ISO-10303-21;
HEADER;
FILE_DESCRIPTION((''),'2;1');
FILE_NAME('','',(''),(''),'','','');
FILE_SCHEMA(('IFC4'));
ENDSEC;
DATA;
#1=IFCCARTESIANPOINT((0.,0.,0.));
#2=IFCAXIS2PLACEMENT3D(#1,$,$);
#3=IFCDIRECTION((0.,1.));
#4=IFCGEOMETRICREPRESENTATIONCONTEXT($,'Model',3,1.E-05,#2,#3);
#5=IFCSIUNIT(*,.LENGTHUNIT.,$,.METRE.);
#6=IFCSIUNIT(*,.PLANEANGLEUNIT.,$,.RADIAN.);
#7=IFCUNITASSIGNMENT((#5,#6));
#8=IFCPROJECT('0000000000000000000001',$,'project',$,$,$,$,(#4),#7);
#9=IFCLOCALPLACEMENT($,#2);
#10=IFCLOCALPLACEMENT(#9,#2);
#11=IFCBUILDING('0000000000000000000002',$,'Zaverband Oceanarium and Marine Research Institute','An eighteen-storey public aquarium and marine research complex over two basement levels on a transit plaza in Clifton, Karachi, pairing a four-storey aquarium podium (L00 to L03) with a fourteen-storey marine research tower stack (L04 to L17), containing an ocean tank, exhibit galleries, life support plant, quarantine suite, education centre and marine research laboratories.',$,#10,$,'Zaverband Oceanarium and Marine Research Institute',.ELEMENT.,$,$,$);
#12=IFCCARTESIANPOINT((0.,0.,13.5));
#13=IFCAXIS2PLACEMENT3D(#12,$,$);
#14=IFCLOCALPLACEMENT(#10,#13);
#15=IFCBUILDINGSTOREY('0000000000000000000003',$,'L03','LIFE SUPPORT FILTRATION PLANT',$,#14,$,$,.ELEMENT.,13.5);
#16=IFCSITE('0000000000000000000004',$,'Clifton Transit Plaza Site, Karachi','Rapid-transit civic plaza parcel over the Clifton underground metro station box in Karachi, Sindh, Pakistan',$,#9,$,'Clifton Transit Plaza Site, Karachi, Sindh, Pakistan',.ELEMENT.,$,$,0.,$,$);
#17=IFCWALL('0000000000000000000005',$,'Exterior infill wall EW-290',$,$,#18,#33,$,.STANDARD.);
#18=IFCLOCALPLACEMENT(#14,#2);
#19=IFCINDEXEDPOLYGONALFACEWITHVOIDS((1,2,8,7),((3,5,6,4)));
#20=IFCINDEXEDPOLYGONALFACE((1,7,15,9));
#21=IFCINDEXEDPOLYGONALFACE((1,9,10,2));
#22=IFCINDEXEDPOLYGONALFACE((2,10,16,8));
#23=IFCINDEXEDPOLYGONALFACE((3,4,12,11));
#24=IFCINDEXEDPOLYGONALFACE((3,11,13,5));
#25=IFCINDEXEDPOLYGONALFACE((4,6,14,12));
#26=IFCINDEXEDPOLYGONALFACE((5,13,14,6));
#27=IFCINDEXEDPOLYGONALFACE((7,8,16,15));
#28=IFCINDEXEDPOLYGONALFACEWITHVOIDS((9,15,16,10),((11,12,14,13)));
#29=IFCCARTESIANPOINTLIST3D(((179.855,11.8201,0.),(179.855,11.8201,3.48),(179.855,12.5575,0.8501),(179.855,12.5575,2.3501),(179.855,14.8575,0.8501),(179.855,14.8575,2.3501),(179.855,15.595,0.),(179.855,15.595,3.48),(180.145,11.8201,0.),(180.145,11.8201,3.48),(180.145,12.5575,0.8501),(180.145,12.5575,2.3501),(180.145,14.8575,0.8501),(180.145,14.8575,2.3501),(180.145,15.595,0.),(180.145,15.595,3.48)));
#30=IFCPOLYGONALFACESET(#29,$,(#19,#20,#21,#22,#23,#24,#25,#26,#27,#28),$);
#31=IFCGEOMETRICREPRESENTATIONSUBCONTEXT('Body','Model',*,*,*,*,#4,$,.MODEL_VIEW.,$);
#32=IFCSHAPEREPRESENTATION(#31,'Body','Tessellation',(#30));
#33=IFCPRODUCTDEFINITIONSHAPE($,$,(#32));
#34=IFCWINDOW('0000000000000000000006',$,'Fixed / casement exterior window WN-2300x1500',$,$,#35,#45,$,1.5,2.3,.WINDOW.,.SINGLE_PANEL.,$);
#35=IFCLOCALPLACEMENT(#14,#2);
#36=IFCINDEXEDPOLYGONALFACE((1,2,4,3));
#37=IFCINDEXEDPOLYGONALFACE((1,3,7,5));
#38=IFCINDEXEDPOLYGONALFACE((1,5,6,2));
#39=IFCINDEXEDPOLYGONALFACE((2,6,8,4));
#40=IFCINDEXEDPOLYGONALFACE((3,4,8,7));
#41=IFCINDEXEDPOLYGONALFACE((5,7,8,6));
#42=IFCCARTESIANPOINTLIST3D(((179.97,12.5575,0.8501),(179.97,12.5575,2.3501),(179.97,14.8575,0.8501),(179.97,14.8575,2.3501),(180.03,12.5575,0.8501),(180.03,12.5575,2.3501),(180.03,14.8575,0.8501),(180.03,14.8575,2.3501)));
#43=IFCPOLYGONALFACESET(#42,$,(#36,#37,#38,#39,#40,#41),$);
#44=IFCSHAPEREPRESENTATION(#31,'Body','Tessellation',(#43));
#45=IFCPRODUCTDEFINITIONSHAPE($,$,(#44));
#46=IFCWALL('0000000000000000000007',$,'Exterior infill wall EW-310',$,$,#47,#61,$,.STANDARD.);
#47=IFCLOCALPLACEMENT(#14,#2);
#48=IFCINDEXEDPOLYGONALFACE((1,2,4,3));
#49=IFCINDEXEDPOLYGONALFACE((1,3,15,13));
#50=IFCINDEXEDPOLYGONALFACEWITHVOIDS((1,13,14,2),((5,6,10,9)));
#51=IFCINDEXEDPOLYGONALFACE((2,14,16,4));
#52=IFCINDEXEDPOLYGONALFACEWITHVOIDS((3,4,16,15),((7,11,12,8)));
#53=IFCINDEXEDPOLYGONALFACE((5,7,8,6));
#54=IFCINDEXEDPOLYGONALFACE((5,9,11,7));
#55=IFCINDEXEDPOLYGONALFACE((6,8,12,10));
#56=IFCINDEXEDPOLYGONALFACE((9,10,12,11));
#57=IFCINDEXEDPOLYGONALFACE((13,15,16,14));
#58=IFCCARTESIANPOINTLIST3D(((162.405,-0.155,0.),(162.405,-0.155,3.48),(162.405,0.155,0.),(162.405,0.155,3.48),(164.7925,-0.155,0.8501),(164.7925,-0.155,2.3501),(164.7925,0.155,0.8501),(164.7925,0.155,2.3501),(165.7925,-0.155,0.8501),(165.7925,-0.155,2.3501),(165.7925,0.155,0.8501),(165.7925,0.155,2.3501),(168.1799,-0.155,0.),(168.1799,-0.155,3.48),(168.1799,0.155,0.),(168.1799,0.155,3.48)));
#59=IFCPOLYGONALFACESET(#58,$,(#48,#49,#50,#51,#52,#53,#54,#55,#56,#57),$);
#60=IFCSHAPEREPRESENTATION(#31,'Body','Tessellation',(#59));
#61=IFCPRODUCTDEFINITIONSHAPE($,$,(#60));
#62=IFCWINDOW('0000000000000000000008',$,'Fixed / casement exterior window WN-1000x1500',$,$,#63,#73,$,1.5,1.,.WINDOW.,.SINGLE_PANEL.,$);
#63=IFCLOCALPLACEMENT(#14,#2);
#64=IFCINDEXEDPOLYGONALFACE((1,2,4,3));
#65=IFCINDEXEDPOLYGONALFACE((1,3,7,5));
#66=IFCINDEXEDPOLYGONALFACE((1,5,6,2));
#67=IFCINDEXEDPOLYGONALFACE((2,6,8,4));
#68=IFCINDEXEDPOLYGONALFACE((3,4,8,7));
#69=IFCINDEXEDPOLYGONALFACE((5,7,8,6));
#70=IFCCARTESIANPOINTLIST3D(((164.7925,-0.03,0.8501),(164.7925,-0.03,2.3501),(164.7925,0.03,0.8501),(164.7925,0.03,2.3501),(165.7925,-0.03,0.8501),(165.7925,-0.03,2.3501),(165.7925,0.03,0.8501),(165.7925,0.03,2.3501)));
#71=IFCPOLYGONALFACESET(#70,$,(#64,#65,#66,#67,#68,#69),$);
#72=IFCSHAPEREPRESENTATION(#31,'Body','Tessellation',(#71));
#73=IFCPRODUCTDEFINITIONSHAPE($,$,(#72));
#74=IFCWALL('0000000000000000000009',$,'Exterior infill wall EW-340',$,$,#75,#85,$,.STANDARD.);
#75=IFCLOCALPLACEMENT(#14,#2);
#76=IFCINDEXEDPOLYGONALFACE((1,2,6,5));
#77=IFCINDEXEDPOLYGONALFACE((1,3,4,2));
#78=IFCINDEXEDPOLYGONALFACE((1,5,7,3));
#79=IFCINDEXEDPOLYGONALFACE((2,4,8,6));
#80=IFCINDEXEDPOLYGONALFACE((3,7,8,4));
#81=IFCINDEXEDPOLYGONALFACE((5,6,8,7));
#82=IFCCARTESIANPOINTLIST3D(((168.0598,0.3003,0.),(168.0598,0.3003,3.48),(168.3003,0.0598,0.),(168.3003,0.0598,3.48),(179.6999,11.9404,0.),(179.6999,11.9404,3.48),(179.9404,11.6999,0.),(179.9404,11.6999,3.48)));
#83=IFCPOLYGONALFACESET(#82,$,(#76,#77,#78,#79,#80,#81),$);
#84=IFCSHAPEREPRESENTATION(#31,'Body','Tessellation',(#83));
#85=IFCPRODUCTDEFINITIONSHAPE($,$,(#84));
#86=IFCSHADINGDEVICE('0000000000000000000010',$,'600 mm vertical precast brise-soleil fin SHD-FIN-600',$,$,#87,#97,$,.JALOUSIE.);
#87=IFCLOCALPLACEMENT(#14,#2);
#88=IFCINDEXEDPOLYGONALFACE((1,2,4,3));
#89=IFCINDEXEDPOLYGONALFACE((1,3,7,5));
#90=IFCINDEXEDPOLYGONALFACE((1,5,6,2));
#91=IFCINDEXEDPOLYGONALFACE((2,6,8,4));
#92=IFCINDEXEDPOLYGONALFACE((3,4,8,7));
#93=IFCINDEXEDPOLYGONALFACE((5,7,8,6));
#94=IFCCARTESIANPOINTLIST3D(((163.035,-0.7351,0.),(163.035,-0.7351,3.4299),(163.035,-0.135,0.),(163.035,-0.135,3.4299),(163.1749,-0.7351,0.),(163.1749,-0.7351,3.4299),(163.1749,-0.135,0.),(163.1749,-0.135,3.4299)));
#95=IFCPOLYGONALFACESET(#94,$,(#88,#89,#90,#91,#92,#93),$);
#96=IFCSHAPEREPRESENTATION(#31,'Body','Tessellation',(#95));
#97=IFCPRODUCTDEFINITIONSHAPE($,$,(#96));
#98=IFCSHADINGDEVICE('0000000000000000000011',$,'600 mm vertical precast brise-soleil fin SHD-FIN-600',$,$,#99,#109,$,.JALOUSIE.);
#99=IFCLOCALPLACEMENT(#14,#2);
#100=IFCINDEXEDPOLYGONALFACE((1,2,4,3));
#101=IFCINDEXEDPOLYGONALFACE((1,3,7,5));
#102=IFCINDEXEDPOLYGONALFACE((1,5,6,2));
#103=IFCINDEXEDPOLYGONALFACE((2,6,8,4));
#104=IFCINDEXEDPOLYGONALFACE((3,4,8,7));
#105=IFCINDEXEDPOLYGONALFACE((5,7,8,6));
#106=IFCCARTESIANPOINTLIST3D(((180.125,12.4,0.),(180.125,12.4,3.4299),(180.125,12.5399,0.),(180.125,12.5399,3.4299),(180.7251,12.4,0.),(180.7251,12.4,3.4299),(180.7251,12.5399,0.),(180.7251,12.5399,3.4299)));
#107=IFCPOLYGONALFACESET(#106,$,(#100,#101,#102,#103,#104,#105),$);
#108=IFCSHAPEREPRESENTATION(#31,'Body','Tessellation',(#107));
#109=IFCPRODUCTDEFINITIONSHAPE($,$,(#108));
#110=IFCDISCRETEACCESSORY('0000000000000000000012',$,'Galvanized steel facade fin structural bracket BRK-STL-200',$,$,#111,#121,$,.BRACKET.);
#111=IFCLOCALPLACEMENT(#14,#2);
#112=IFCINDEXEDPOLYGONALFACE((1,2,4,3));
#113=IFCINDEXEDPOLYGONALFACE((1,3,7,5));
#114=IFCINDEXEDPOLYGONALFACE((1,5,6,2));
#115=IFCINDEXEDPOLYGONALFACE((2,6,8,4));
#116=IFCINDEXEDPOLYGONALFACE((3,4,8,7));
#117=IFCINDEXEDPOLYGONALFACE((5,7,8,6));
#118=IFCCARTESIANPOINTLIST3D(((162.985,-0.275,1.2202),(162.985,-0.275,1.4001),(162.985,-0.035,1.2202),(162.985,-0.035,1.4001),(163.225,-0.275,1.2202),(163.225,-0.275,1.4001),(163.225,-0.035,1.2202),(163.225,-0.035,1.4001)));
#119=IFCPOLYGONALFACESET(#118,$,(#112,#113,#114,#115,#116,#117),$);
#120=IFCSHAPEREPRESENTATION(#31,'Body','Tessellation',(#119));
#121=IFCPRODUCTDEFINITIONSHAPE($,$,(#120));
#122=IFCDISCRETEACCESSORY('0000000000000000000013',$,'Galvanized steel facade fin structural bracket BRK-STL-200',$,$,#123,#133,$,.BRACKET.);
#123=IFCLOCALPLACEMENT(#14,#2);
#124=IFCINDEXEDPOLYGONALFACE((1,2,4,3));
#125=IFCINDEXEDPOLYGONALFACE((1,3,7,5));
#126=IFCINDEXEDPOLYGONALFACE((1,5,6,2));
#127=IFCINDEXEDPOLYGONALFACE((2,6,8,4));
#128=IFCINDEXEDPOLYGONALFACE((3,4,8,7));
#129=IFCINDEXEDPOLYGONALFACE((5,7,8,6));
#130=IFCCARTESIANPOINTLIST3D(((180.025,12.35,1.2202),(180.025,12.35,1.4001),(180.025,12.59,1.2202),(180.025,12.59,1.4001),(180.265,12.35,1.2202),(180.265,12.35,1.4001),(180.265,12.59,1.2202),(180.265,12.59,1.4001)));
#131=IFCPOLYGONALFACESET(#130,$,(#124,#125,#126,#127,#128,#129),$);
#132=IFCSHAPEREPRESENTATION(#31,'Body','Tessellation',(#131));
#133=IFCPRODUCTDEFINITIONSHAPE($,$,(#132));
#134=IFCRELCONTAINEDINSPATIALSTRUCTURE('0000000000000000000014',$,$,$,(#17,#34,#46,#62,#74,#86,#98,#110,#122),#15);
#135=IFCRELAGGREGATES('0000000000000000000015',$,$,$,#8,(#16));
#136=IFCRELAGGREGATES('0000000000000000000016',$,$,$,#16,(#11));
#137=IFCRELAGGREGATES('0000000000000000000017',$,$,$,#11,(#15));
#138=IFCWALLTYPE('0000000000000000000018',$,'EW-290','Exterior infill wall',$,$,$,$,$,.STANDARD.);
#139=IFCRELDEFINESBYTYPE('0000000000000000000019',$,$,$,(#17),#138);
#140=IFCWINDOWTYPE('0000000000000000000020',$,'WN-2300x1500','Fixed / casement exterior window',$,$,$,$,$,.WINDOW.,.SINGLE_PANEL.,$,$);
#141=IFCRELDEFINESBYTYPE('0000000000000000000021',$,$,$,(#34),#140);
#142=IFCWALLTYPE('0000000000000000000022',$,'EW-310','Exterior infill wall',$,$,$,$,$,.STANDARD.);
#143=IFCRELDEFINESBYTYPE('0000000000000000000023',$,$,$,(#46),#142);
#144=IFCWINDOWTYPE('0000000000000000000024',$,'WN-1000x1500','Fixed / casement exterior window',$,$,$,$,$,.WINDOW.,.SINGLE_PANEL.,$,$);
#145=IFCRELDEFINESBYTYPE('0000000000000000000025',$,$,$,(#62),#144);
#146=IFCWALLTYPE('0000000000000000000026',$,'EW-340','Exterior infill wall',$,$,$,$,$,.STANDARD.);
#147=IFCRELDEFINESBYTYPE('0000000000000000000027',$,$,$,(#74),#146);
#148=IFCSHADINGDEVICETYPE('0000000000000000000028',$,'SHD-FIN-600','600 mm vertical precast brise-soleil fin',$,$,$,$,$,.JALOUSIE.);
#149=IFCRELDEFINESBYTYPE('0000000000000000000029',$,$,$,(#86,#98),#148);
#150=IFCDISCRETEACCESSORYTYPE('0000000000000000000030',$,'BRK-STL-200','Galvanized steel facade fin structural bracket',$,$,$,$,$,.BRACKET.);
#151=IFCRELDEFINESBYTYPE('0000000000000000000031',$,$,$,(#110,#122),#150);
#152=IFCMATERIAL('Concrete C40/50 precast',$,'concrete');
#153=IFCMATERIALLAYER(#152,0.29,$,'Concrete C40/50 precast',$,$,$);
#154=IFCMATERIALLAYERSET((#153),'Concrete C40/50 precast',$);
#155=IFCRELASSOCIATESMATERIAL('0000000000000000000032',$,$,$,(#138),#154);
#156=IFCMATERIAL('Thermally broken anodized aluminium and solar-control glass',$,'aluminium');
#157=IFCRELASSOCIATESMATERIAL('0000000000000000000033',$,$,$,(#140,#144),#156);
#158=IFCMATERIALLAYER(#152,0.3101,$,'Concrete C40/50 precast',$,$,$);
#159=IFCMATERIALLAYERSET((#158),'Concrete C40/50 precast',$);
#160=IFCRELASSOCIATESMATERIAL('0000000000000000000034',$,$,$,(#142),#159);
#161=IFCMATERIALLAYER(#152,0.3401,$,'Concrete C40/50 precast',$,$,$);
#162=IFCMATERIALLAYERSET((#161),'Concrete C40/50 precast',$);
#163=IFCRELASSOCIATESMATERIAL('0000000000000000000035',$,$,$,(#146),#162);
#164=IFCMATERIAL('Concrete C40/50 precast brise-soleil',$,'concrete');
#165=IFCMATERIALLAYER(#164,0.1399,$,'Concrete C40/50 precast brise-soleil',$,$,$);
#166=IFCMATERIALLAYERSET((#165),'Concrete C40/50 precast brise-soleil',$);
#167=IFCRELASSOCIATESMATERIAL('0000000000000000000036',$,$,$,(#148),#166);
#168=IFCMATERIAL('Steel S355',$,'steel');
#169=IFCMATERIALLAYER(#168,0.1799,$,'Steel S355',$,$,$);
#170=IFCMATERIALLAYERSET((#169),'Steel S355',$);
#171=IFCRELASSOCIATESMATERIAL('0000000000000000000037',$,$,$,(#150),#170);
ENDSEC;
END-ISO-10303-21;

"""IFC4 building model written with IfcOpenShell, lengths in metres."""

from ifc_helpers import new_model, si_unit, direction, frame, frame_2d, origin, origin_2d, place, context, subcontext, project, spatial, rectangle, extrude, material, layer, layer_set, type_object, element, fill, save


model = new_model("IFC4")

# Units and contexts
model_context = context("Model", 3, precision=1e-05, world=origin(), true_north=direction((0.0, 1.0)))
body_context = subcontext(model_context, "Body", "Model", "MODEL_VIEW")
ifc_project = project(units=[si_unit("LENGTHUNIT", "METRE"), si_unit("PLANEANGLEUNIT", "RADIAN")], contexts=[model_context])

# Site, building, storey
site_placement = place(None, origin())
site = spatial("IfcSite", under=ifc_project, at=site_placement, Name="Clifton Transit Plaza Site, Karachi", Description="Rapid-transit civic plaza parcel over the Clifton underground metro station box in Karachi, Sindh, Pakistan", LongName="Clifton Transit Plaza Site, Karachi, Sindh, Pakistan", CompositionType="ELEMENT", RefElevation=0.0)
building_placement = place(site_placement, origin())
building = spatial("IfcBuilding", under=site, at=building_placement, Name="Zaverband Oceanarium and Marine Research Institute", Description="An eighteen-storey public aquarium and marine research complex over two basement levels on a transit plaza in Clifton, Karachi, pairing a four-storey aquarium podium (L00 to L03) with a fourteen-storey marine research tower stack (L04 to L17), containing an ocean tank, exhibit galleries, life support plant, quarantine suite, education centre and marine research laboratories.", LongName="Zaverband Oceanarium and Marine Research Institute", CompositionType="ELEMENT")
storey_placement = place(building_placement, frame((0.0, 0.0, 13.5)))
storey = spatial("IfcBuildingStorey", under=building, at=storey_placement, Name="L03", Description="LIFE SUPPORT FILTRATION PLANT", CompositionType="ELEMENT", Elevation=13.5)

# Walls, openings, windows
ifc_material_1 = material(Name="Concrete C40/50 precast", Category="concrete")
ifc_layer_1 = layer(ifc_material_1, 0.29, Name="Concrete C40/50 precast")
ifc_layer_set_1 = layer_set([ifc_layer_1], Name="Concrete C40/50 precast")
wall_type_1 = type_object("IfcWallType", Name="EW-290", Description="Exterior infill wall", PredefinedType="STANDARD", material=ifc_layer_set_1)
wall_1_placement = place(storey_placement, frame((180.0, 11.8201, 0.0), z_axis=(0.0, 0.0, 1.0), x_axis=(0.0, 1.0, 0.0)))
wall_1 = element("IfcWall", 1, at=wall_1_placement, inside=storey, type_object=wall_type_1, Name="Exterior infill wall EW-290", PredefinedType="STANDARD", context=body_context, shape_type="SweptSolid", body=[
    extrude(rectangle(XDim=3.7749, YDim=0.29, at=frame_2d((1.8875, 0.0))), origin(), (0.0, 0.0, 1.0), 3.48),
])
opening_1_placement = place(wall_1_placement, frame((0.7375, 0.0, 0.8501)))
opening_1 = element("IfcOpeningElement", 2, at=opening_1_placement, cuts=wall_1, PredefinedType="OPENING", context=body_context, shape_type="SweptSolid", body=[
    extrude(rectangle(XDim=2.3, YDim=1.5, at=frame_2d((1.1499, 0.75))), frame((0.0, 0.157, 0.0), z_axis=(0.0, -1.0, 0.0), x_axis=(1.0, 0.0, 0.0)), (0.0, 0.0, 1.0), 0.314),
])
ifc_material_2 = material(Name="Thermally broken anodized aluminium and solar-control glass", Category="aluminium")
window_type_1 = type_object("IfcWindowType", Name="WN-2300x1500", Description="Fixed / casement exterior window", PartitioningType="SINGLE_PANEL", PredefinedType="WINDOW", material=ifc_material_2)
window_1_placement = place(opening_1_placement, origin())
window_1 = element("IfcWindow", 3, at=window_1_placement, inside=storey, type_object=window_type_1, Name="Fixed / casement exterior window WN-2300x1500", OverallHeight=1.5, OverallWidth=2.3, PartitioningType="SINGLE_PANEL", PredefinedType="WINDOW", context=body_context, shape_type="SweptSolid", body=[
    extrude(rectangle(XDim=2.3, YDim=1.5, at=frame_2d((1.1499, 0.75))), frame((0.0, 0.03, 0.0), z_axis=(0.0, -1.0, 0.0), x_axis=(1.0, 0.0, 0.0)), (0.0, 0.0, 1.0), 0.0601),
])
fill(opening_1, window_1)
ifc_layer_2 = layer(ifc_material_1, 0.3101, Name="Concrete C40/50 precast")
ifc_layer_set_2 = layer_set([ifc_layer_2], Name="Concrete C40/50 precast")
wall_type_2 = type_object("IfcWallType", Name="EW-310", Description="Exterior infill wall", PredefinedType="STANDARD", material=ifc_layer_set_2)
wall_2_placement = place(storey_placement, frame((162.405, 0.0, 0.0), z_axis=(0.0, 0.0, 1.0), x_axis=(1.0, 0.0, 0.0)))
wall_2 = element("IfcWall", 4, at=wall_2_placement, inside=storey, type_object=wall_type_2, Name="Exterior infill wall EW-310", PredefinedType="STANDARD", context=body_context, shape_type="SweptSolid", body=[
    extrude(rectangle(XDim=5.7749, YDim=0.3101, at=frame_2d((2.8875, 0.0))), origin(), (0.0, 0.0, 1.0), 3.48),
])
opening_2_placement = place(wall_2_placement, frame((2.3875, 0.0, 0.8501)))
opening_2 = element("IfcOpeningElement", 5, at=opening_2_placement, cuts=wall_2, PredefinedType="OPENING", context=body_context, shape_type="SweptSolid", body=[
    extrude(rectangle(XDim=1.0, YDim=1.5, at=frame_2d((0.5, 0.75))), frame((0.0, 0.167, 0.0), z_axis=(0.0, -1.0, 0.0), x_axis=(1.0, 0.0, 0.0)), (0.0, 0.0, 1.0), 0.334),
])
window_type_2 = type_object("IfcWindowType", Name="WN-1000x1500", Description="Fixed / casement exterior window", PartitioningType="SINGLE_PANEL", PredefinedType="WINDOW", material=ifc_material_2)
window_2_placement = place(opening_2_placement, origin())
window_2 = element("IfcWindow", 6, at=window_2_placement, inside=storey, type_object=window_type_2, Name="Fixed / casement exterior window WN-1000x1500", OverallHeight=1.5, OverallWidth=1.0, PartitioningType="SINGLE_PANEL", PredefinedType="WINDOW", context=body_context, shape_type="SweptSolid", body=[
    extrude(rectangle(XDim=1.0, YDim=1.5, at=frame_2d((0.5, 0.75))), frame((0.0, 0.03, 0.0), z_axis=(0.0, -1.0, 0.0), x_axis=(1.0, 0.0, 0.0)), (0.0, 0.0, 1.0), 0.0601),
])
fill(opening_2, window_2)

# Wall
ifc_layer_3 = layer(ifc_material_1, 0.3401, Name="Concrete C40/50 precast")
ifc_layer_set_3 = layer_set([ifc_layer_3], Name="Concrete C40/50 precast")
wall_type_3 = type_object("IfcWallType", Name="EW-340", Description="Exterior infill wall", PredefinedType="STANDARD", material=ifc_layer_set_3)
wall_3_placement = place(storey_placement, frame((168.1799, 0.1799, 0.0), z_axis=(0.0, 0.0, 1.0), x_axis=(0.707107, 0.707107, 0.0)))
element("IfcWall", 7, at=wall_3_placement, inside=storey, type_object=wall_type_3, Name="Exterior infill wall EW-340", PredefinedType="STANDARD", context=body_context, shape_type="SweptSolid", body=[
    extrude(rectangle(XDim=16.4617, YDim=0.3401, at=frame_2d((8.231, 0.0))), origin(), (0.0, 0.0, 1.0), 3.48),
])

# Shading devices
ifc_material_3 = material(Name="Concrete C40/50 precast brise-soleil", Category="concrete")
ifc_layer_4 = layer(ifc_material_3, 0.1399, Name="Concrete C40/50 precast brise-soleil")
ifc_layer_set_4 = layer_set([ifc_layer_4], Name="Concrete C40/50 precast brise-soleil")
shading_device_type = type_object("IfcShadingDeviceType", Name="SHD-FIN-600", Description="600 mm vertical precast brise-soleil fin", PredefinedType="JALOUSIE", material=ifc_layer_set_4)
for number, where, z_axis, x_axis, name in (
    (8, (163.105, -0.135, 0.0), (0.0, 0.0, 1.0), (0.0, -1.0, 0.0), "600 mm vertical precast brise-soleil fin SHD-FIN-600"),
    (9, (180.125, 12.47, 0.0), (0.0, 0.0, 1.0), (1.0, 0.0, 0.0), "600 mm vertical precast brise-soleil fin SHD-FIN-600"),
):
    element("IfcShadingDevice", number, at=place(storey_placement, frame(where, z_axis=z_axis, x_axis=x_axis)), inside=storey, type_object=shading_device_type, Name=name, PredefinedType="JALOUSIE", context=body_context, shape_type="SweptSolid", body=[
        extrude(rectangle(XDim=0.6001, YDim=0.1399, at=frame_2d((0.3, 0.0))), origin(), (0.0, 0.0, 1.0), 3.4299),
    ])

# Discrete accessories
ifc_material_4 = material(Name="Steel S355", Category="steel")
ifc_layer_5 = layer(ifc_material_4, 0.1799, Name="Steel S355")
ifc_layer_set_5 = layer_set([ifc_layer_5], Name="Steel S355")
discrete_accessory_type = type_object("IfcDiscreteAccessoryType", Name="BRK-STL-200", Description="Galvanized steel facade fin structural bracket", PredefinedType="BRACKET", material=ifc_layer_set_5)
for number, where, z_axis, x_axis, name in (
    (10, (163.105, -0.155, 1.2202), (0.0, 0.0, 1.0), (1.0, 0.0, 0.0), "Galvanized steel facade fin structural bracket BRK-STL-200"),
    (11, (180.145, 12.47, 1.2202), (0.0, 0.0, 1.0), (1.0, 0.0, 0.0), "Galvanized steel facade fin structural bracket BRK-STL-200"),
):
    element("IfcDiscreteAccessory", number, at=place(storey_placement, frame(where, z_axis=z_axis, x_axis=x_axis)), inside=storey, type_object=discrete_accessory_type, Name=name, PredefinedType="BRACKET", context=body_context, shape_type="SweptSolid", body=[
        extrude(rectangle(XDim=0.24, YDim=0.24, at=origin_2d()), origin(), (0.0, 0.0, 1.0), 0.1799),
    ])

save(model, "model.ifc")
